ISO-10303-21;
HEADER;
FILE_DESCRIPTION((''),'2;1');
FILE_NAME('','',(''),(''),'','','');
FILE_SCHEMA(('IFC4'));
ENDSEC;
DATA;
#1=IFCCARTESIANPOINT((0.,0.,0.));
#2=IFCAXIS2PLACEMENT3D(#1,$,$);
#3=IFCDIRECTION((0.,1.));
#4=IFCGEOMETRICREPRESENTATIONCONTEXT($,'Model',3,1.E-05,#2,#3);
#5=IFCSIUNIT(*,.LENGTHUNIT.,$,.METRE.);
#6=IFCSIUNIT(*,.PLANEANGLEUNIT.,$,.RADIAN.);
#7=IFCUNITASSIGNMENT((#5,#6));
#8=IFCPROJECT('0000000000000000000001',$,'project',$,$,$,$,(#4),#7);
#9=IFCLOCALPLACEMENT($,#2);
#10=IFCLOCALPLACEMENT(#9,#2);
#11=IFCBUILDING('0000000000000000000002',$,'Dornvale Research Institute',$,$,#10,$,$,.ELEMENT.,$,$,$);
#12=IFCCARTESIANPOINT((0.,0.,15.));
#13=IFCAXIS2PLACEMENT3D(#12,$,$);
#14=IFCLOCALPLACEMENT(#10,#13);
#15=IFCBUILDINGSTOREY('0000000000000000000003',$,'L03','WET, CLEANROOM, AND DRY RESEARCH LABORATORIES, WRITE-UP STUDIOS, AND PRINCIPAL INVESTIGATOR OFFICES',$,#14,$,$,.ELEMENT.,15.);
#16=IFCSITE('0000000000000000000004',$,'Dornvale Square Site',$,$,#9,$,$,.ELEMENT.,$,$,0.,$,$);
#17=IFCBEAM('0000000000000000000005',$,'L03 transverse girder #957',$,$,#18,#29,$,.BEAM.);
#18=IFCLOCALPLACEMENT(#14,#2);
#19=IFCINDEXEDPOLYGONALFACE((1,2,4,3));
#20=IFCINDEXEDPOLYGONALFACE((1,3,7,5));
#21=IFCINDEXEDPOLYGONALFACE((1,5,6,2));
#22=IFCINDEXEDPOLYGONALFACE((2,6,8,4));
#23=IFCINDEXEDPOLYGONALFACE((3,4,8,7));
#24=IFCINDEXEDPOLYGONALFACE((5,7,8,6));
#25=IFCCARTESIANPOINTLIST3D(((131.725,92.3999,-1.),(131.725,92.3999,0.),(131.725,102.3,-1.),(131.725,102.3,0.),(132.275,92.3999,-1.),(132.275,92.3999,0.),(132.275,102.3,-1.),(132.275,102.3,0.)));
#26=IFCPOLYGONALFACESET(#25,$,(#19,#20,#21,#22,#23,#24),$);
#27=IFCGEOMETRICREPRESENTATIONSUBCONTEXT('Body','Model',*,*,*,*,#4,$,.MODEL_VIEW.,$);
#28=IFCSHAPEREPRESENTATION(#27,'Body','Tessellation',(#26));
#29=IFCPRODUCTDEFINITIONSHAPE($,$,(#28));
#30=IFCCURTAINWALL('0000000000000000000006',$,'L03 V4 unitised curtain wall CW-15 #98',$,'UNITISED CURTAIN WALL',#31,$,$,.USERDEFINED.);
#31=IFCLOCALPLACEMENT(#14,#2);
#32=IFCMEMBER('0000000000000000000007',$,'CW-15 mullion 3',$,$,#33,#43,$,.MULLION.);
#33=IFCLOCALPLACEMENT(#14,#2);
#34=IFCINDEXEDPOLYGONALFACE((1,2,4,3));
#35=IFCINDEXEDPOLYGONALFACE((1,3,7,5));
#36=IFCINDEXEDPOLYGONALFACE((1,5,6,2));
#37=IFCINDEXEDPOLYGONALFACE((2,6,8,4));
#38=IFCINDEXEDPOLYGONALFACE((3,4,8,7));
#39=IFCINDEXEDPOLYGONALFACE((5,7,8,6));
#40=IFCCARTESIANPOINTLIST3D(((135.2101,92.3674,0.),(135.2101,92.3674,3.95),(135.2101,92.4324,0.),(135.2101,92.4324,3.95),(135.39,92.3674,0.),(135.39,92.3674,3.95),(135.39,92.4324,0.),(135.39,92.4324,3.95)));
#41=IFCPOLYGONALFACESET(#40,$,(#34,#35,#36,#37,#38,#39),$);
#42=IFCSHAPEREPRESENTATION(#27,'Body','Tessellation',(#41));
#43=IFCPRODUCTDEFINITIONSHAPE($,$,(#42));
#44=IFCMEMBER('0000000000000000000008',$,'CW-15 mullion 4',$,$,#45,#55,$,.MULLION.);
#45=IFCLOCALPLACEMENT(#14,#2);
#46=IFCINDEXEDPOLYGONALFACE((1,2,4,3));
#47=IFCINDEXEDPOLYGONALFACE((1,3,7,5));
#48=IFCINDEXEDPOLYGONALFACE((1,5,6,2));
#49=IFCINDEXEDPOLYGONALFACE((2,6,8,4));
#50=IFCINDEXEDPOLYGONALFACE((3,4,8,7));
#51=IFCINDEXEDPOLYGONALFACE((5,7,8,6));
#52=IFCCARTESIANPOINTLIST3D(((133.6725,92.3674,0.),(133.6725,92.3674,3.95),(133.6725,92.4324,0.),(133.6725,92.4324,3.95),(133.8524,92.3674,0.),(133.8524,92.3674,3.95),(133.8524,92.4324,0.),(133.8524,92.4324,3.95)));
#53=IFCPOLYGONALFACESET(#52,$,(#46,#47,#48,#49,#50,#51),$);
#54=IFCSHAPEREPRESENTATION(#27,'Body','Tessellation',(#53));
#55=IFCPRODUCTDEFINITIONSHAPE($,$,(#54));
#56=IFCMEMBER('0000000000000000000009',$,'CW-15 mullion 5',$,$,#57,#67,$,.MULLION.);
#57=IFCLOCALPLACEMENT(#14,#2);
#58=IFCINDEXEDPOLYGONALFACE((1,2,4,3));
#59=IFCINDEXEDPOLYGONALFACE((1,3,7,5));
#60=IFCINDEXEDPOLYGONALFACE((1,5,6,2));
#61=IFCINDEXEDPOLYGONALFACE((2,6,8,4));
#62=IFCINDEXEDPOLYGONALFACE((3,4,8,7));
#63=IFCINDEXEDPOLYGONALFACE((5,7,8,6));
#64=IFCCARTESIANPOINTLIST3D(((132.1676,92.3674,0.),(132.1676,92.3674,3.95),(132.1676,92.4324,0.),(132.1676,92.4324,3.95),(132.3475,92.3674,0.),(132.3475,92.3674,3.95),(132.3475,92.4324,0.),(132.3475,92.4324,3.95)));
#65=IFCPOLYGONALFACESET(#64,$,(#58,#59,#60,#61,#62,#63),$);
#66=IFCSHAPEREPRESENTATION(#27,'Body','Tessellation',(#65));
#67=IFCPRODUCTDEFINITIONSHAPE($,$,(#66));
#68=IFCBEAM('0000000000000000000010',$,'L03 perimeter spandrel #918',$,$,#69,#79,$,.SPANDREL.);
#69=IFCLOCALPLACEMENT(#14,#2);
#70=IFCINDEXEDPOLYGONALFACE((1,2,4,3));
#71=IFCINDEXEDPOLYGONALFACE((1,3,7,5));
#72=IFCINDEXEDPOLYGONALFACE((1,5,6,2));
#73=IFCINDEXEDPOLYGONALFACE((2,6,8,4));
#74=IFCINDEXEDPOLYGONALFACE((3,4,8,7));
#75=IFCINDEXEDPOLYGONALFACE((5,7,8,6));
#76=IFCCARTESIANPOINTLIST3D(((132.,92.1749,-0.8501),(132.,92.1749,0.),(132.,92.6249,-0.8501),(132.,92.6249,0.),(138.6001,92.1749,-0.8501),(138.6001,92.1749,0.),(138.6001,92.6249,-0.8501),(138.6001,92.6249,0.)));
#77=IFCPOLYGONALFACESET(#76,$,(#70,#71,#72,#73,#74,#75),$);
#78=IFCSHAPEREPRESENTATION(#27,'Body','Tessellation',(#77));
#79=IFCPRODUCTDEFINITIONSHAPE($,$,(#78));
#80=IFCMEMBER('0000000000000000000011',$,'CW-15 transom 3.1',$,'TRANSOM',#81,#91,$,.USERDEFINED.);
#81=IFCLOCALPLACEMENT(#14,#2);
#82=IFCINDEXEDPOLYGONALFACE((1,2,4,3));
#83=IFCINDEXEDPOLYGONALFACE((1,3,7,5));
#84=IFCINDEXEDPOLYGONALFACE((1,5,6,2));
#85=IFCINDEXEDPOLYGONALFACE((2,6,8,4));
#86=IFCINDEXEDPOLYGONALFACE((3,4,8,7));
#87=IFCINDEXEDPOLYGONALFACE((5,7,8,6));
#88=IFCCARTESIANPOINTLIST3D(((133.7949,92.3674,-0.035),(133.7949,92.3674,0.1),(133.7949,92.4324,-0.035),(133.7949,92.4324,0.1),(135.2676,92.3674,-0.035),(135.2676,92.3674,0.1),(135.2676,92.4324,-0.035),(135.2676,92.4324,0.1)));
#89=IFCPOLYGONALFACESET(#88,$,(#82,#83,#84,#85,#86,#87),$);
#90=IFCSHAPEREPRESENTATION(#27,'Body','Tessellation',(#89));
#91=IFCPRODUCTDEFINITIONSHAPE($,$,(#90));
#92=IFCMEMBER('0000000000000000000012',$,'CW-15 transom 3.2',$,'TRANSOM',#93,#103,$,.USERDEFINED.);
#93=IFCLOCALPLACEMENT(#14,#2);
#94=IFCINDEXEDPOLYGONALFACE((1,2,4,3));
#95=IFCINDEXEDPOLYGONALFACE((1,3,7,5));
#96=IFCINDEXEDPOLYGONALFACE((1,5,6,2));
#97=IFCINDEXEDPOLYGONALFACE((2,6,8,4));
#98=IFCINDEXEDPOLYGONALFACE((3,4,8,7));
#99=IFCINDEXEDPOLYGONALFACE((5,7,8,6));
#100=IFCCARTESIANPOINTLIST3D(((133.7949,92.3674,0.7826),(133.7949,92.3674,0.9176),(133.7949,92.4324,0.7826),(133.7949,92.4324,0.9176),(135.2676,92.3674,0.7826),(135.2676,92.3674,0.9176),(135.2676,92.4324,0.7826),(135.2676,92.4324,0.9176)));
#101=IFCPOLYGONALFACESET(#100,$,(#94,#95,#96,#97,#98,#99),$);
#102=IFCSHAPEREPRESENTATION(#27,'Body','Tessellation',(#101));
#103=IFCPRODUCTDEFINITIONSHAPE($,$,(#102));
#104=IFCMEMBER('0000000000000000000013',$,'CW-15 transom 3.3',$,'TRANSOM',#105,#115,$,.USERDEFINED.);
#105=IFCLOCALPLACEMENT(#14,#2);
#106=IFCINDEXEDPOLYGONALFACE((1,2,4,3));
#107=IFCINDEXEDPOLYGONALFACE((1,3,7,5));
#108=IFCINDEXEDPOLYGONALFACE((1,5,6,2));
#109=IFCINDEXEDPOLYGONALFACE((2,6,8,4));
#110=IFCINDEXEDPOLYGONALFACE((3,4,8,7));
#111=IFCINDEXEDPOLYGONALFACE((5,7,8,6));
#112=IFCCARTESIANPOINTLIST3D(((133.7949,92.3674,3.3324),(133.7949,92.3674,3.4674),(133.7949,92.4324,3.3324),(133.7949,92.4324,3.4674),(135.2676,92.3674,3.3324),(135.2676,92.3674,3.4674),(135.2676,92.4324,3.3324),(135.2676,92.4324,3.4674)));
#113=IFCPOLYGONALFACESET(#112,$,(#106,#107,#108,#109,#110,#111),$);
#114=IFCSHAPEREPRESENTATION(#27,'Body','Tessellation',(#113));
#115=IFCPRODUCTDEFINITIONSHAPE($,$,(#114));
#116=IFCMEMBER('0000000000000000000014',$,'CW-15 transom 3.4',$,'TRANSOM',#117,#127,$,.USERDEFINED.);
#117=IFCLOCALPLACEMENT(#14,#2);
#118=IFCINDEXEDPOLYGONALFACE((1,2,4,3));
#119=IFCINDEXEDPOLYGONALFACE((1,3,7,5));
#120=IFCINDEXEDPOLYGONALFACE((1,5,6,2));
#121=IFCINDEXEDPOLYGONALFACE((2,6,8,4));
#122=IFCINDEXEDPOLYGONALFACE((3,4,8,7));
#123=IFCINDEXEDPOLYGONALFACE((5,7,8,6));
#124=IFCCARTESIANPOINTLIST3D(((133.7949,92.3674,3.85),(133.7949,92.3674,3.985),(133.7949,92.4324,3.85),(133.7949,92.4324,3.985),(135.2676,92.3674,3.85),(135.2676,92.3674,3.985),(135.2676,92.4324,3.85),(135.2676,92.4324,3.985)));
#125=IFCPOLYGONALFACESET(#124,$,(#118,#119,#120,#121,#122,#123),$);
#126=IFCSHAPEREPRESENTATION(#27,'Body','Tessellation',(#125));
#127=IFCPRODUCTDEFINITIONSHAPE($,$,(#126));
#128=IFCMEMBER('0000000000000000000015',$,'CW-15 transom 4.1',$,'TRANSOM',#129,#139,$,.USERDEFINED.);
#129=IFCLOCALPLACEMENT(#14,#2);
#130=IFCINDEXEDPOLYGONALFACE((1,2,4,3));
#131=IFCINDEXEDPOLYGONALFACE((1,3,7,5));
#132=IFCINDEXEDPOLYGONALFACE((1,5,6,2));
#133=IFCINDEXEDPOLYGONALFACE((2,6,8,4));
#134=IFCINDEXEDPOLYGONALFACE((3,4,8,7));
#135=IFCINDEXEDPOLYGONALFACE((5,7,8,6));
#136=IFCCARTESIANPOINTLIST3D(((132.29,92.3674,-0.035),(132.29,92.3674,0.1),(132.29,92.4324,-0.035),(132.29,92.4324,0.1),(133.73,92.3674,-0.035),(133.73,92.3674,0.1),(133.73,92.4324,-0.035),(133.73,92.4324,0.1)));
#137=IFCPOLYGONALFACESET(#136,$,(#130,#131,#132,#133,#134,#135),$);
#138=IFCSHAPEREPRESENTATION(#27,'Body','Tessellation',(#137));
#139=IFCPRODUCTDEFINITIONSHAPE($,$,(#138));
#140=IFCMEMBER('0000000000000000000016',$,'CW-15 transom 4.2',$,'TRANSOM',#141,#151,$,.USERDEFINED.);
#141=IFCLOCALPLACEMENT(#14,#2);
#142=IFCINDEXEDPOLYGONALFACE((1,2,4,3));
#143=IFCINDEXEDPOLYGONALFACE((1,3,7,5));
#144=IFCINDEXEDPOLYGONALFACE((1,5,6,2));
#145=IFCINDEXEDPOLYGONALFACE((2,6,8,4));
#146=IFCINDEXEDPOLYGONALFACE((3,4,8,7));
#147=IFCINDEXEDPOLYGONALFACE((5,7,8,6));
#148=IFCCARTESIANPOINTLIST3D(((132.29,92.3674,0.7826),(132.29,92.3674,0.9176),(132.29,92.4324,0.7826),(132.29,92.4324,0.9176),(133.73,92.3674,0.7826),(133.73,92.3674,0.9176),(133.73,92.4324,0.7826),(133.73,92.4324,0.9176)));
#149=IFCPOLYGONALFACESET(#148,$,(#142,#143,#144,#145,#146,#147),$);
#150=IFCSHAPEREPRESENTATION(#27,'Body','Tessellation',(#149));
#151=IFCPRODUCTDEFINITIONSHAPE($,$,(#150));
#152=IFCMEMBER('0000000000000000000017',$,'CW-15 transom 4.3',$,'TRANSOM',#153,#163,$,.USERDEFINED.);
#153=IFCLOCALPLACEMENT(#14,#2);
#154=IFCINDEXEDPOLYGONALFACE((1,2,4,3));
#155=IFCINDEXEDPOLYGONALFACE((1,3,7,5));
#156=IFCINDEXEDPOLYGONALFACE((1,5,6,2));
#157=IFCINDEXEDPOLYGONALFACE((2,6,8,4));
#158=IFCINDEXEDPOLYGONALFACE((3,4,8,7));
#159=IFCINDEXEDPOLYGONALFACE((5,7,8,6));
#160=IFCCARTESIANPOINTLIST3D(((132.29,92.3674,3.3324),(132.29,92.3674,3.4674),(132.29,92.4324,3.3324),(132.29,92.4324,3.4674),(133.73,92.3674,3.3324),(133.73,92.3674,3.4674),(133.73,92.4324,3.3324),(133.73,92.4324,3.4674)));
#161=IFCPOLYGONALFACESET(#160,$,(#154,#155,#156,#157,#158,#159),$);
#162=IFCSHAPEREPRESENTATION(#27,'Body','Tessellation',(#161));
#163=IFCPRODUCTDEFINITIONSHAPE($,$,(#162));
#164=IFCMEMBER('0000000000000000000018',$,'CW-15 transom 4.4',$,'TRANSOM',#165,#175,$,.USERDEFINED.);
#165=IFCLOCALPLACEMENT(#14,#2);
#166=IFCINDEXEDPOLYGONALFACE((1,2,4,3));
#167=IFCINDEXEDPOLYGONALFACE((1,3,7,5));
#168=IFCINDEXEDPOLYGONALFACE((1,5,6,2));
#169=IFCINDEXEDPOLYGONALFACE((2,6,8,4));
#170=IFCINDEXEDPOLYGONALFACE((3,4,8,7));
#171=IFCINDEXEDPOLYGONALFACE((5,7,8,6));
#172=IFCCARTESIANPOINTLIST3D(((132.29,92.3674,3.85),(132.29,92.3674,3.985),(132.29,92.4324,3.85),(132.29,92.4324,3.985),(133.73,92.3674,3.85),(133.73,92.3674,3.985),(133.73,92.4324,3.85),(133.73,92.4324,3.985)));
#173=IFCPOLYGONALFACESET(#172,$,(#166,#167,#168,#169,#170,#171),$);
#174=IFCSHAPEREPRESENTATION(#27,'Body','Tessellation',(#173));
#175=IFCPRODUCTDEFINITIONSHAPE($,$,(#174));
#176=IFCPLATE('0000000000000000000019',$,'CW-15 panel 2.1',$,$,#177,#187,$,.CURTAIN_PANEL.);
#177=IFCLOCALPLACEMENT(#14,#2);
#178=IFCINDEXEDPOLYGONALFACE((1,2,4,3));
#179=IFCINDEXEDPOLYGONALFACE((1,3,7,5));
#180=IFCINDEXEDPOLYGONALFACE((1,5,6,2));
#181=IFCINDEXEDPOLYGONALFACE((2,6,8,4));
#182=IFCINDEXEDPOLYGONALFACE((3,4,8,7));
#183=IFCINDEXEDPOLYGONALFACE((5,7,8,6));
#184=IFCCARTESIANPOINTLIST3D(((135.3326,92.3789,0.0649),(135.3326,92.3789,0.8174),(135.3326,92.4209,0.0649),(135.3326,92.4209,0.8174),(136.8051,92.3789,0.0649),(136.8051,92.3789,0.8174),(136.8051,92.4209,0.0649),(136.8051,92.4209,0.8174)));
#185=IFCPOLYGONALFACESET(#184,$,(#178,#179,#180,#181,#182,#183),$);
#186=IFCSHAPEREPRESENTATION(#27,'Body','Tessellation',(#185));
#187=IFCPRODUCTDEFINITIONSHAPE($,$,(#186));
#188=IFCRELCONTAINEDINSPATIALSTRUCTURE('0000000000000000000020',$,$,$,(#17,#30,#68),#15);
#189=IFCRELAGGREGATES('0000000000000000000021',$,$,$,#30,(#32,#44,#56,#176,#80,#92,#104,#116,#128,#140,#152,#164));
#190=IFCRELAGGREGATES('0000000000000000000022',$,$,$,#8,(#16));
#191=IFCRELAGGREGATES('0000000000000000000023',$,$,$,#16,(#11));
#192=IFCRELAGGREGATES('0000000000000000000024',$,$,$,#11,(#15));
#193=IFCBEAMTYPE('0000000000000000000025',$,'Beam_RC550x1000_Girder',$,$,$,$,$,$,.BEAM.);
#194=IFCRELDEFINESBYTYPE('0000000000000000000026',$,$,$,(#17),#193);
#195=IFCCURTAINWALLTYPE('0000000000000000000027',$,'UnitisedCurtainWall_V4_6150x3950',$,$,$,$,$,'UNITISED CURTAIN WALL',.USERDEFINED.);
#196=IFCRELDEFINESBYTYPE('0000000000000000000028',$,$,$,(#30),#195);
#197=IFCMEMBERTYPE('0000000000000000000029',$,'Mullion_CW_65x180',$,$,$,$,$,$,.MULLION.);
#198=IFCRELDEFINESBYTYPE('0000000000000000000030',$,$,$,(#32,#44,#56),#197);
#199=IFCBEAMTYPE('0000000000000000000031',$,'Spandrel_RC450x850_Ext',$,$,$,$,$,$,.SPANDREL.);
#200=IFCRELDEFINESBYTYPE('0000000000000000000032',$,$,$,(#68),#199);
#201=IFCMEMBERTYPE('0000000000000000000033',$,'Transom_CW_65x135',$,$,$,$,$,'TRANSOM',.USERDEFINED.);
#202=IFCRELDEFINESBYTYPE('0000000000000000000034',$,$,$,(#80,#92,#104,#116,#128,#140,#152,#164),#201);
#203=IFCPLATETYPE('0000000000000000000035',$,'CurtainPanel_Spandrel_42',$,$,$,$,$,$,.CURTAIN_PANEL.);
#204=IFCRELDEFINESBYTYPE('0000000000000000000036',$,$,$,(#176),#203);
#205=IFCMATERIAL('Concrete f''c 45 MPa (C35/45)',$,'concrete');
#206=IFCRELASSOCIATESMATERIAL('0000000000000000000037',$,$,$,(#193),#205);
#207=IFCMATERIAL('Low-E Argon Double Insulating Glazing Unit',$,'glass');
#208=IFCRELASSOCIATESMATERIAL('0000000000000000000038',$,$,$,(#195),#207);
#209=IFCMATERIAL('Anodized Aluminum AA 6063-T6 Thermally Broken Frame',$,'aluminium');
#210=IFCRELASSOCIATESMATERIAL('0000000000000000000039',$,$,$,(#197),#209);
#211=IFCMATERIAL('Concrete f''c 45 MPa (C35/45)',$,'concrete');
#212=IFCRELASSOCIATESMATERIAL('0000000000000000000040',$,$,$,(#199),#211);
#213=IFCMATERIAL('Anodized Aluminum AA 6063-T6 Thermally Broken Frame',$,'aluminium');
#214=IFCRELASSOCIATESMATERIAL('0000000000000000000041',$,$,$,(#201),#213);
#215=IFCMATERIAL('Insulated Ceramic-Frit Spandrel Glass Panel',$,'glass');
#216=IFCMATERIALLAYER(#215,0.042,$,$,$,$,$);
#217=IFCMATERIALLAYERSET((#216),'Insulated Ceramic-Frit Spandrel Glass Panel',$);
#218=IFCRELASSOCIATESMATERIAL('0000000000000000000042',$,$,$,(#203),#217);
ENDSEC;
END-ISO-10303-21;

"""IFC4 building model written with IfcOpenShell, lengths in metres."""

from ifc_helpers import new_model, si_unit, direction, frame, origin, origin_2d, place, context, subcontext, project, spatial, rectangle, extrude, material, layer, layer_set, material_profile, profile_set, type_object, element, aggregate, save


model = new_model("IFC4")

# Units and contexts
model_context = context("Model", 3, precision=1e-05, world=origin(), true_north=direction((0.0, 1.0)))
body_context = subcontext(model_context, "Body", "Model", "MODEL_VIEW")
ifc_project = project(units=[si_unit("LENGTHUNIT", "METRE"), si_unit("PLANEANGLEUNIT", "RADIAN")], contexts=[model_context])

# Site, building, storey
site_placement = place(None, origin())
site = spatial("IfcSite", under=ifc_project, at=site_placement, Name="Dornvale Square Site", CompositionType="ELEMENT", RefElevation=0.0)
building_placement = place(site_placement, origin())
building = spatial("IfcBuilding", under=site, at=building_placement, Name="Dornvale Research Institute", CompositionType="ELEMENT")
storey_placement = place(building_placement, frame((0.0, 0.0, 15.0)))
storey = spatial("IfcBuildingStorey", under=building, at=storey_placement, Name="L03", Description="WET, CLEANROOM, AND DRY RESEARCH LABORATORIES, WRITE-UP STUDIOS, AND PRINCIPAL INVESTIGATOR OFFICES", CompositionType="ELEMENT", Elevation=15.0)

# Beam
ifc_material_1 = material(Name="Concrete f'c 45 MPa (C35/45)", Category="concrete")
ifc_material_profile_1 = material_profile(ifc_material_1, rectangle(XDim=0.55, YDim=1.0, at=origin_2d()), Name="RC 550x1000")
ifc_profile_set_1 = profile_set([ifc_material_profile_1], Name="Concrete f'c 45 MPa (C35/45)")
beam_type_1 = type_object("IfcBeamType", Name="Beam_RC550x1000_Girder", PredefinedType="BEAM", material=ifc_profile_set_1)
beam_1_placement = place(storey_placement, frame((132.0, 92.3999, -0.5), z_axis=(0.0, 1.0, 0.0), x_axis=(-1.0, 0.0, 0.0)))
element("IfcBeam", 1, at=beam_1_placement, inside=storey, type_object=beam_type_1, Name="L03 transverse girder #957", PredefinedType="BEAM", context=body_context, shape_type="SweptSolid", body=[
    extrude(rectangle(XDim=0.55, YDim=1.0, at=origin_2d()), origin(), (0.0, 0.0, 1.0), 9.9001),
])

# Curtain wall, members
ifc_material_2 = material(Name="Low-E Argon Double Insulating Glazing Unit", Category="glass")
curtain_wall_type = type_object("IfcCurtainWallType", Name="UnitisedCurtainWall_V4_6150x3950", ElementType="UNITISED CURTAIN WALL", PredefinedType="USERDEFINED", material=ifc_material_2)
curtain_wall_placement = place(storey_placement, origin())
curtain_wall = element("IfcCurtainWall", 2, at=curtain_wall_placement, inside=storey, type_object=curtain_wall_type, Name="L03 V4 unitised curtain wall CW-15 #98", ObjectType="UNITISED CURTAIN WALL", PredefinedType="USERDEFINED")
ifc_material_3 = material(Name="Anodized Aluminum AA 6063-T6 Thermally Broken Frame", Category="aluminium")
ifc_material_profile_2 = material_profile(ifc_material_3, rectangle(XDim=0.0649, YDim=0.1799, at=origin_2d()), Name="ALU MULLION 65x180")
ifc_profile_set_2 = profile_set([ifc_material_profile_2], Name="Anodized Aluminum AA 6063-T6 Thermally Broken Frame")
member_type_1 = type_object("IfcMemberType", Name="Mullion_CW_65x180", PredefinedType="MULLION", material=ifc_profile_set_2)
member_1_placement = place(storey_placement, frame((135.3, 92.3999, 0.0), z_axis=(0.0, 0.0, 1.0), x_axis=(0.0, -1.0, 0.0)))
member_1 = element("IfcMember", 3, at=member_1_placement, type_object=member_type_1, Name="CW-15 mullion 3", PredefinedType="MULLION", context=body_context, shape_type="SweptSolid", body=[
    extrude(rectangle(XDim=0.0649, YDim=0.1799, at=origin_2d()), origin(), (0.0, 0.0, 1.0), 3.95),
])
member_2_placement = place(storey_placement, frame((133.7625, 92.3999, 0.0), z_axis=(0.0, 0.0, 1.0), x_axis=(0.0, -1.0, 0.0)))
member_2 = element("IfcMember", 4, at=member_2_placement, type_object=member_type_1, Name="CW-15 mullion 4", PredefinedType="MULLION", context=body_context, shape_type="SweptSolid", body=[
    extrude(rectangle(XDim=0.0649, YDim=0.1799, at=origin_2d()), origin(), (0.0, 0.0, 1.0), 3.95),
])
member_3_placement = place(storey_placement, frame((132.2576, 92.3999, 0.0), z_axis=(0.0, 0.0, 1.0), x_axis=(0.0, -1.0, 0.0)))
member_3 = element("IfcMember", 5, at=member_3_placement, type_object=member_type_1, Name="CW-15 mullion 5", PredefinedType="MULLION", context=body_context, shape_type="SweptSolid", body=[
    extrude(rectangle(XDim=0.0649, YDim=0.1799, at=origin_2d()), origin(), (0.0, 0.0, 1.0), 3.95),
])

# Beam
ifc_material_4 = material(Name="Concrete f'c 45 MPa (C35/45)", Category="concrete")
ifc_material_profile_3 = material_profile(ifc_material_4, rectangle(XDim=0.45, YDim=0.8501, at=origin_2d()), Name="RC 450x850")
ifc_profile_set_3 = profile_set([ifc_material_profile_3], Name="Concrete f'c 45 MPa (C35/45)")
beam_type_2 = type_object("IfcBeamType", Name="Spandrel_RC450x850_Ext", PredefinedType="SPANDREL", material=ifc_profile_set_3)
beam_2_placement = place(storey_placement, frame((132.0, 92.3999, -0.425), z_axis=(1.0, 0.0, 0.0), x_axis=(0.0, 1.0, 0.0)))
element("IfcBeam", 6, at=beam_2_placement, inside=storey, type_object=beam_type_2, Name="L03 perimeter spandrel #918", PredefinedType="SPANDREL", context=body_context, shape_type="SweptSolid", body=[
    extrude(rectangle(XDim=0.45, YDim=0.8501, at=origin_2d()), origin(), (0.0, 0.0, 1.0), 6.6001),
])

# Members
ifc_material_5 = material(Name="Anodized Aluminum AA 6063-T6 Thermally Broken Frame", Category="aluminium")
ifc_material_profile_4 = material_profile(ifc_material_5, rectangle(XDim=0.0649, YDim=0.135, at=origin_2d()), Name="ALU TRANSOM 65x135")
ifc_profile_set_4 = profile_set([ifc_material_profile_4], Name="Anodized Aluminum AA 6063-T6 Thermally Broken Frame")
member_type_2 = type_object("IfcMemberType", Name="Transom_CW_65x135", ElementType="TRANSOM", PredefinedType="USERDEFINED", material=ifc_profile_set_4)
member_4_placement = place(storey_placement, frame((135.2676, 92.3999, 0.0325), z_axis=(-1.0, 0.0, 0.0), x_axis=(0.0, -1.0, 0.0)))
member_4 = element("IfcMember", 7, at=member_4_placement, type_object=member_type_2, Name="CW-15 transom 3.1", ObjectType="TRANSOM", PredefinedType="USERDEFINED", context=body_context, shape_type="SweptSolid", body=[
    extrude(rectangle(XDim=0.0649, YDim=0.135, at=origin_2d()), origin(), (0.0, 0.0, 1.0), 1.4727),
])
member_5_placement = place(storey_placement, frame((135.2676, 92.3999, 0.8501), z_axis=(-1.0, 0.0, 0.0), x_axis=(0.0, -1.0, 0.0)))
member_5 = element("IfcMember", 8, at=member_5_placement, type_object=member_type_2, Name="CW-15 transom 3.2", ObjectType="TRANSOM", PredefinedType="USERDEFINED", context=body_context, shape_type="SweptSolid", body=[
    extrude(rectangle(XDim=0.0649, YDim=0.135, at=origin_2d()), origin(), (0.0, 0.0, 1.0), 1.4727),
])
member_6_placement = place(storey_placement, frame((135.2676, 92.3999, 3.3999), z_axis=(-1.0, 0.0, 0.0), x_axis=(0.0, -1.0, 0.0)))
member_6 = element("IfcMember", 9, at=member_6_placement, type_object=member_type_2, Name="CW-15 transom 3.3", ObjectType="TRANSOM", PredefinedType="USERDEFINED", context=body_context, shape_type="SweptSolid", body=[
    extrude(rectangle(XDim=0.0649, YDim=0.135, at=origin_2d()), origin(), (0.0, 0.0, 1.0), 1.4727),
])
member_7_placement = place(storey_placement, frame((135.2676, 92.3999, 3.9175), z_axis=(-1.0, 0.0, 0.0), x_axis=(0.0, -1.0, 0.0)))
member_7 = element("IfcMember", 10, at=member_7_placement, type_object=member_type_2, Name="CW-15 transom 3.4", ObjectType="TRANSOM", PredefinedType="USERDEFINED", context=body_context, shape_type="SweptSolid", body=[
    extrude(rectangle(XDim=0.0649, YDim=0.135, at=origin_2d()), origin(), (0.0, 0.0, 1.0), 1.4727),
])
member_8_placement = place(storey_placement, frame((133.73, 92.3999, 0.0325), z_axis=(-1.0, 0.0, 0.0), x_axis=(0.0, -1.0, 0.0)))
member_8 = element("IfcMember", 11, at=member_8_placement, type_object=member_type_2, Name="CW-15 transom 4.1", ObjectType="TRANSOM", PredefinedType="USERDEFINED", context=body_context, shape_type="SweptSolid", body=[
    extrude(rectangle(XDim=0.0649, YDim=0.135, at=origin_2d()), origin(), (0.0, 0.0, 1.0), 1.4399),
])
member_9_placement = place(storey_placement, frame((133.73, 92.3999, 0.8501), z_axis=(-1.0, 0.0, 0.0), x_axis=(0.0, -1.0, 0.0)))
member_9 = element("IfcMember", 12, at=member_9_placement, type_object=member_type_2, Name="CW-15 transom 4.2", ObjectType="TRANSOM", PredefinedType="USERDEFINED", context=body_context, shape_type="SweptSolid", body=[
    extrude(rectangle(XDim=0.0649, YDim=0.135, at=origin_2d()), origin(), (0.0, 0.0, 1.0), 1.4399),
])
member_10_placement = place(storey_placement, frame((133.73, 92.3999, 3.3999), z_axis=(-1.0, 0.0, 0.0), x_axis=(0.0, -1.0, 0.0)))
member_10 = element("IfcMember", 13, at=member_10_placement, type_object=member_type_2, Name="CW-15 transom 4.3", ObjectType="TRANSOM", PredefinedType="USERDEFINED", context=body_context, shape_type="SweptSolid", body=[
    extrude(rectangle(XDim=0.0649, YDim=0.135, at=origin_2d()), origin(), (0.0, 0.0, 1.0), 1.4399),
])
member_11_placement = place(storey_placement, frame((133.73, 92.3999, 3.9175), z_axis=(-1.0, 0.0, 0.0), x_axis=(0.0, -1.0, 0.0)))
member_11 = element("IfcMember", 14, at=member_11_placement, type_object=member_type_2, Name="CW-15 transom 4.4", ObjectType="TRANSOM", PredefinedType="USERDEFINED", context=body_context, shape_type="SweptSolid", body=[
    extrude(rectangle(XDim=0.0649, YDim=0.135, at=origin_2d()), origin(), (0.0, 0.0, 1.0), 1.4399),
])

# Plate
ifc_material_6 = material(Name="Insulated Ceramic-Frit Spandrel Glass Panel", Category="glass")
ifc_layer_1 = layer(ifc_material_6, 0.042)
ifc_layer_set_1 = layer_set([ifc_layer_1], Name="Insulated Ceramic-Frit Spandrel Glass Panel")
plate_type_1 = type_object("IfcPlateType", Name="CurtainPanel_Spandrel_42", PredefinedType="CURTAIN_PANEL", material=ifc_layer_set_1)
plate_1_placement = place(storey_placement, frame((136.0688, 92.3999, 0.0649), z_axis=(0.0, 0.0, 1.0), x_axis=(-1.0, 0.0, 0.0)))
plate_1 = element("IfcPlate", 15, at=plate_1_placement, type_object=plate_type_1, Name="CW-15 panel 2.1", PredefinedType="CURTAIN_PANEL", context=body_context, shape_type="SweptSolid", body=[
    extrude(rectangle(XDim=1.4724, YDim=0.042, at=origin_2d()), origin(), (0.0, 0.0, 1.0), 0.7524),
])
aggregate(curtain_wall, [member_1, member_2, member_3, plate_1, member_4, member_5, member_6, member_7, member_8, member_9, member_10, member_11])

save(model, "model.ifc")
